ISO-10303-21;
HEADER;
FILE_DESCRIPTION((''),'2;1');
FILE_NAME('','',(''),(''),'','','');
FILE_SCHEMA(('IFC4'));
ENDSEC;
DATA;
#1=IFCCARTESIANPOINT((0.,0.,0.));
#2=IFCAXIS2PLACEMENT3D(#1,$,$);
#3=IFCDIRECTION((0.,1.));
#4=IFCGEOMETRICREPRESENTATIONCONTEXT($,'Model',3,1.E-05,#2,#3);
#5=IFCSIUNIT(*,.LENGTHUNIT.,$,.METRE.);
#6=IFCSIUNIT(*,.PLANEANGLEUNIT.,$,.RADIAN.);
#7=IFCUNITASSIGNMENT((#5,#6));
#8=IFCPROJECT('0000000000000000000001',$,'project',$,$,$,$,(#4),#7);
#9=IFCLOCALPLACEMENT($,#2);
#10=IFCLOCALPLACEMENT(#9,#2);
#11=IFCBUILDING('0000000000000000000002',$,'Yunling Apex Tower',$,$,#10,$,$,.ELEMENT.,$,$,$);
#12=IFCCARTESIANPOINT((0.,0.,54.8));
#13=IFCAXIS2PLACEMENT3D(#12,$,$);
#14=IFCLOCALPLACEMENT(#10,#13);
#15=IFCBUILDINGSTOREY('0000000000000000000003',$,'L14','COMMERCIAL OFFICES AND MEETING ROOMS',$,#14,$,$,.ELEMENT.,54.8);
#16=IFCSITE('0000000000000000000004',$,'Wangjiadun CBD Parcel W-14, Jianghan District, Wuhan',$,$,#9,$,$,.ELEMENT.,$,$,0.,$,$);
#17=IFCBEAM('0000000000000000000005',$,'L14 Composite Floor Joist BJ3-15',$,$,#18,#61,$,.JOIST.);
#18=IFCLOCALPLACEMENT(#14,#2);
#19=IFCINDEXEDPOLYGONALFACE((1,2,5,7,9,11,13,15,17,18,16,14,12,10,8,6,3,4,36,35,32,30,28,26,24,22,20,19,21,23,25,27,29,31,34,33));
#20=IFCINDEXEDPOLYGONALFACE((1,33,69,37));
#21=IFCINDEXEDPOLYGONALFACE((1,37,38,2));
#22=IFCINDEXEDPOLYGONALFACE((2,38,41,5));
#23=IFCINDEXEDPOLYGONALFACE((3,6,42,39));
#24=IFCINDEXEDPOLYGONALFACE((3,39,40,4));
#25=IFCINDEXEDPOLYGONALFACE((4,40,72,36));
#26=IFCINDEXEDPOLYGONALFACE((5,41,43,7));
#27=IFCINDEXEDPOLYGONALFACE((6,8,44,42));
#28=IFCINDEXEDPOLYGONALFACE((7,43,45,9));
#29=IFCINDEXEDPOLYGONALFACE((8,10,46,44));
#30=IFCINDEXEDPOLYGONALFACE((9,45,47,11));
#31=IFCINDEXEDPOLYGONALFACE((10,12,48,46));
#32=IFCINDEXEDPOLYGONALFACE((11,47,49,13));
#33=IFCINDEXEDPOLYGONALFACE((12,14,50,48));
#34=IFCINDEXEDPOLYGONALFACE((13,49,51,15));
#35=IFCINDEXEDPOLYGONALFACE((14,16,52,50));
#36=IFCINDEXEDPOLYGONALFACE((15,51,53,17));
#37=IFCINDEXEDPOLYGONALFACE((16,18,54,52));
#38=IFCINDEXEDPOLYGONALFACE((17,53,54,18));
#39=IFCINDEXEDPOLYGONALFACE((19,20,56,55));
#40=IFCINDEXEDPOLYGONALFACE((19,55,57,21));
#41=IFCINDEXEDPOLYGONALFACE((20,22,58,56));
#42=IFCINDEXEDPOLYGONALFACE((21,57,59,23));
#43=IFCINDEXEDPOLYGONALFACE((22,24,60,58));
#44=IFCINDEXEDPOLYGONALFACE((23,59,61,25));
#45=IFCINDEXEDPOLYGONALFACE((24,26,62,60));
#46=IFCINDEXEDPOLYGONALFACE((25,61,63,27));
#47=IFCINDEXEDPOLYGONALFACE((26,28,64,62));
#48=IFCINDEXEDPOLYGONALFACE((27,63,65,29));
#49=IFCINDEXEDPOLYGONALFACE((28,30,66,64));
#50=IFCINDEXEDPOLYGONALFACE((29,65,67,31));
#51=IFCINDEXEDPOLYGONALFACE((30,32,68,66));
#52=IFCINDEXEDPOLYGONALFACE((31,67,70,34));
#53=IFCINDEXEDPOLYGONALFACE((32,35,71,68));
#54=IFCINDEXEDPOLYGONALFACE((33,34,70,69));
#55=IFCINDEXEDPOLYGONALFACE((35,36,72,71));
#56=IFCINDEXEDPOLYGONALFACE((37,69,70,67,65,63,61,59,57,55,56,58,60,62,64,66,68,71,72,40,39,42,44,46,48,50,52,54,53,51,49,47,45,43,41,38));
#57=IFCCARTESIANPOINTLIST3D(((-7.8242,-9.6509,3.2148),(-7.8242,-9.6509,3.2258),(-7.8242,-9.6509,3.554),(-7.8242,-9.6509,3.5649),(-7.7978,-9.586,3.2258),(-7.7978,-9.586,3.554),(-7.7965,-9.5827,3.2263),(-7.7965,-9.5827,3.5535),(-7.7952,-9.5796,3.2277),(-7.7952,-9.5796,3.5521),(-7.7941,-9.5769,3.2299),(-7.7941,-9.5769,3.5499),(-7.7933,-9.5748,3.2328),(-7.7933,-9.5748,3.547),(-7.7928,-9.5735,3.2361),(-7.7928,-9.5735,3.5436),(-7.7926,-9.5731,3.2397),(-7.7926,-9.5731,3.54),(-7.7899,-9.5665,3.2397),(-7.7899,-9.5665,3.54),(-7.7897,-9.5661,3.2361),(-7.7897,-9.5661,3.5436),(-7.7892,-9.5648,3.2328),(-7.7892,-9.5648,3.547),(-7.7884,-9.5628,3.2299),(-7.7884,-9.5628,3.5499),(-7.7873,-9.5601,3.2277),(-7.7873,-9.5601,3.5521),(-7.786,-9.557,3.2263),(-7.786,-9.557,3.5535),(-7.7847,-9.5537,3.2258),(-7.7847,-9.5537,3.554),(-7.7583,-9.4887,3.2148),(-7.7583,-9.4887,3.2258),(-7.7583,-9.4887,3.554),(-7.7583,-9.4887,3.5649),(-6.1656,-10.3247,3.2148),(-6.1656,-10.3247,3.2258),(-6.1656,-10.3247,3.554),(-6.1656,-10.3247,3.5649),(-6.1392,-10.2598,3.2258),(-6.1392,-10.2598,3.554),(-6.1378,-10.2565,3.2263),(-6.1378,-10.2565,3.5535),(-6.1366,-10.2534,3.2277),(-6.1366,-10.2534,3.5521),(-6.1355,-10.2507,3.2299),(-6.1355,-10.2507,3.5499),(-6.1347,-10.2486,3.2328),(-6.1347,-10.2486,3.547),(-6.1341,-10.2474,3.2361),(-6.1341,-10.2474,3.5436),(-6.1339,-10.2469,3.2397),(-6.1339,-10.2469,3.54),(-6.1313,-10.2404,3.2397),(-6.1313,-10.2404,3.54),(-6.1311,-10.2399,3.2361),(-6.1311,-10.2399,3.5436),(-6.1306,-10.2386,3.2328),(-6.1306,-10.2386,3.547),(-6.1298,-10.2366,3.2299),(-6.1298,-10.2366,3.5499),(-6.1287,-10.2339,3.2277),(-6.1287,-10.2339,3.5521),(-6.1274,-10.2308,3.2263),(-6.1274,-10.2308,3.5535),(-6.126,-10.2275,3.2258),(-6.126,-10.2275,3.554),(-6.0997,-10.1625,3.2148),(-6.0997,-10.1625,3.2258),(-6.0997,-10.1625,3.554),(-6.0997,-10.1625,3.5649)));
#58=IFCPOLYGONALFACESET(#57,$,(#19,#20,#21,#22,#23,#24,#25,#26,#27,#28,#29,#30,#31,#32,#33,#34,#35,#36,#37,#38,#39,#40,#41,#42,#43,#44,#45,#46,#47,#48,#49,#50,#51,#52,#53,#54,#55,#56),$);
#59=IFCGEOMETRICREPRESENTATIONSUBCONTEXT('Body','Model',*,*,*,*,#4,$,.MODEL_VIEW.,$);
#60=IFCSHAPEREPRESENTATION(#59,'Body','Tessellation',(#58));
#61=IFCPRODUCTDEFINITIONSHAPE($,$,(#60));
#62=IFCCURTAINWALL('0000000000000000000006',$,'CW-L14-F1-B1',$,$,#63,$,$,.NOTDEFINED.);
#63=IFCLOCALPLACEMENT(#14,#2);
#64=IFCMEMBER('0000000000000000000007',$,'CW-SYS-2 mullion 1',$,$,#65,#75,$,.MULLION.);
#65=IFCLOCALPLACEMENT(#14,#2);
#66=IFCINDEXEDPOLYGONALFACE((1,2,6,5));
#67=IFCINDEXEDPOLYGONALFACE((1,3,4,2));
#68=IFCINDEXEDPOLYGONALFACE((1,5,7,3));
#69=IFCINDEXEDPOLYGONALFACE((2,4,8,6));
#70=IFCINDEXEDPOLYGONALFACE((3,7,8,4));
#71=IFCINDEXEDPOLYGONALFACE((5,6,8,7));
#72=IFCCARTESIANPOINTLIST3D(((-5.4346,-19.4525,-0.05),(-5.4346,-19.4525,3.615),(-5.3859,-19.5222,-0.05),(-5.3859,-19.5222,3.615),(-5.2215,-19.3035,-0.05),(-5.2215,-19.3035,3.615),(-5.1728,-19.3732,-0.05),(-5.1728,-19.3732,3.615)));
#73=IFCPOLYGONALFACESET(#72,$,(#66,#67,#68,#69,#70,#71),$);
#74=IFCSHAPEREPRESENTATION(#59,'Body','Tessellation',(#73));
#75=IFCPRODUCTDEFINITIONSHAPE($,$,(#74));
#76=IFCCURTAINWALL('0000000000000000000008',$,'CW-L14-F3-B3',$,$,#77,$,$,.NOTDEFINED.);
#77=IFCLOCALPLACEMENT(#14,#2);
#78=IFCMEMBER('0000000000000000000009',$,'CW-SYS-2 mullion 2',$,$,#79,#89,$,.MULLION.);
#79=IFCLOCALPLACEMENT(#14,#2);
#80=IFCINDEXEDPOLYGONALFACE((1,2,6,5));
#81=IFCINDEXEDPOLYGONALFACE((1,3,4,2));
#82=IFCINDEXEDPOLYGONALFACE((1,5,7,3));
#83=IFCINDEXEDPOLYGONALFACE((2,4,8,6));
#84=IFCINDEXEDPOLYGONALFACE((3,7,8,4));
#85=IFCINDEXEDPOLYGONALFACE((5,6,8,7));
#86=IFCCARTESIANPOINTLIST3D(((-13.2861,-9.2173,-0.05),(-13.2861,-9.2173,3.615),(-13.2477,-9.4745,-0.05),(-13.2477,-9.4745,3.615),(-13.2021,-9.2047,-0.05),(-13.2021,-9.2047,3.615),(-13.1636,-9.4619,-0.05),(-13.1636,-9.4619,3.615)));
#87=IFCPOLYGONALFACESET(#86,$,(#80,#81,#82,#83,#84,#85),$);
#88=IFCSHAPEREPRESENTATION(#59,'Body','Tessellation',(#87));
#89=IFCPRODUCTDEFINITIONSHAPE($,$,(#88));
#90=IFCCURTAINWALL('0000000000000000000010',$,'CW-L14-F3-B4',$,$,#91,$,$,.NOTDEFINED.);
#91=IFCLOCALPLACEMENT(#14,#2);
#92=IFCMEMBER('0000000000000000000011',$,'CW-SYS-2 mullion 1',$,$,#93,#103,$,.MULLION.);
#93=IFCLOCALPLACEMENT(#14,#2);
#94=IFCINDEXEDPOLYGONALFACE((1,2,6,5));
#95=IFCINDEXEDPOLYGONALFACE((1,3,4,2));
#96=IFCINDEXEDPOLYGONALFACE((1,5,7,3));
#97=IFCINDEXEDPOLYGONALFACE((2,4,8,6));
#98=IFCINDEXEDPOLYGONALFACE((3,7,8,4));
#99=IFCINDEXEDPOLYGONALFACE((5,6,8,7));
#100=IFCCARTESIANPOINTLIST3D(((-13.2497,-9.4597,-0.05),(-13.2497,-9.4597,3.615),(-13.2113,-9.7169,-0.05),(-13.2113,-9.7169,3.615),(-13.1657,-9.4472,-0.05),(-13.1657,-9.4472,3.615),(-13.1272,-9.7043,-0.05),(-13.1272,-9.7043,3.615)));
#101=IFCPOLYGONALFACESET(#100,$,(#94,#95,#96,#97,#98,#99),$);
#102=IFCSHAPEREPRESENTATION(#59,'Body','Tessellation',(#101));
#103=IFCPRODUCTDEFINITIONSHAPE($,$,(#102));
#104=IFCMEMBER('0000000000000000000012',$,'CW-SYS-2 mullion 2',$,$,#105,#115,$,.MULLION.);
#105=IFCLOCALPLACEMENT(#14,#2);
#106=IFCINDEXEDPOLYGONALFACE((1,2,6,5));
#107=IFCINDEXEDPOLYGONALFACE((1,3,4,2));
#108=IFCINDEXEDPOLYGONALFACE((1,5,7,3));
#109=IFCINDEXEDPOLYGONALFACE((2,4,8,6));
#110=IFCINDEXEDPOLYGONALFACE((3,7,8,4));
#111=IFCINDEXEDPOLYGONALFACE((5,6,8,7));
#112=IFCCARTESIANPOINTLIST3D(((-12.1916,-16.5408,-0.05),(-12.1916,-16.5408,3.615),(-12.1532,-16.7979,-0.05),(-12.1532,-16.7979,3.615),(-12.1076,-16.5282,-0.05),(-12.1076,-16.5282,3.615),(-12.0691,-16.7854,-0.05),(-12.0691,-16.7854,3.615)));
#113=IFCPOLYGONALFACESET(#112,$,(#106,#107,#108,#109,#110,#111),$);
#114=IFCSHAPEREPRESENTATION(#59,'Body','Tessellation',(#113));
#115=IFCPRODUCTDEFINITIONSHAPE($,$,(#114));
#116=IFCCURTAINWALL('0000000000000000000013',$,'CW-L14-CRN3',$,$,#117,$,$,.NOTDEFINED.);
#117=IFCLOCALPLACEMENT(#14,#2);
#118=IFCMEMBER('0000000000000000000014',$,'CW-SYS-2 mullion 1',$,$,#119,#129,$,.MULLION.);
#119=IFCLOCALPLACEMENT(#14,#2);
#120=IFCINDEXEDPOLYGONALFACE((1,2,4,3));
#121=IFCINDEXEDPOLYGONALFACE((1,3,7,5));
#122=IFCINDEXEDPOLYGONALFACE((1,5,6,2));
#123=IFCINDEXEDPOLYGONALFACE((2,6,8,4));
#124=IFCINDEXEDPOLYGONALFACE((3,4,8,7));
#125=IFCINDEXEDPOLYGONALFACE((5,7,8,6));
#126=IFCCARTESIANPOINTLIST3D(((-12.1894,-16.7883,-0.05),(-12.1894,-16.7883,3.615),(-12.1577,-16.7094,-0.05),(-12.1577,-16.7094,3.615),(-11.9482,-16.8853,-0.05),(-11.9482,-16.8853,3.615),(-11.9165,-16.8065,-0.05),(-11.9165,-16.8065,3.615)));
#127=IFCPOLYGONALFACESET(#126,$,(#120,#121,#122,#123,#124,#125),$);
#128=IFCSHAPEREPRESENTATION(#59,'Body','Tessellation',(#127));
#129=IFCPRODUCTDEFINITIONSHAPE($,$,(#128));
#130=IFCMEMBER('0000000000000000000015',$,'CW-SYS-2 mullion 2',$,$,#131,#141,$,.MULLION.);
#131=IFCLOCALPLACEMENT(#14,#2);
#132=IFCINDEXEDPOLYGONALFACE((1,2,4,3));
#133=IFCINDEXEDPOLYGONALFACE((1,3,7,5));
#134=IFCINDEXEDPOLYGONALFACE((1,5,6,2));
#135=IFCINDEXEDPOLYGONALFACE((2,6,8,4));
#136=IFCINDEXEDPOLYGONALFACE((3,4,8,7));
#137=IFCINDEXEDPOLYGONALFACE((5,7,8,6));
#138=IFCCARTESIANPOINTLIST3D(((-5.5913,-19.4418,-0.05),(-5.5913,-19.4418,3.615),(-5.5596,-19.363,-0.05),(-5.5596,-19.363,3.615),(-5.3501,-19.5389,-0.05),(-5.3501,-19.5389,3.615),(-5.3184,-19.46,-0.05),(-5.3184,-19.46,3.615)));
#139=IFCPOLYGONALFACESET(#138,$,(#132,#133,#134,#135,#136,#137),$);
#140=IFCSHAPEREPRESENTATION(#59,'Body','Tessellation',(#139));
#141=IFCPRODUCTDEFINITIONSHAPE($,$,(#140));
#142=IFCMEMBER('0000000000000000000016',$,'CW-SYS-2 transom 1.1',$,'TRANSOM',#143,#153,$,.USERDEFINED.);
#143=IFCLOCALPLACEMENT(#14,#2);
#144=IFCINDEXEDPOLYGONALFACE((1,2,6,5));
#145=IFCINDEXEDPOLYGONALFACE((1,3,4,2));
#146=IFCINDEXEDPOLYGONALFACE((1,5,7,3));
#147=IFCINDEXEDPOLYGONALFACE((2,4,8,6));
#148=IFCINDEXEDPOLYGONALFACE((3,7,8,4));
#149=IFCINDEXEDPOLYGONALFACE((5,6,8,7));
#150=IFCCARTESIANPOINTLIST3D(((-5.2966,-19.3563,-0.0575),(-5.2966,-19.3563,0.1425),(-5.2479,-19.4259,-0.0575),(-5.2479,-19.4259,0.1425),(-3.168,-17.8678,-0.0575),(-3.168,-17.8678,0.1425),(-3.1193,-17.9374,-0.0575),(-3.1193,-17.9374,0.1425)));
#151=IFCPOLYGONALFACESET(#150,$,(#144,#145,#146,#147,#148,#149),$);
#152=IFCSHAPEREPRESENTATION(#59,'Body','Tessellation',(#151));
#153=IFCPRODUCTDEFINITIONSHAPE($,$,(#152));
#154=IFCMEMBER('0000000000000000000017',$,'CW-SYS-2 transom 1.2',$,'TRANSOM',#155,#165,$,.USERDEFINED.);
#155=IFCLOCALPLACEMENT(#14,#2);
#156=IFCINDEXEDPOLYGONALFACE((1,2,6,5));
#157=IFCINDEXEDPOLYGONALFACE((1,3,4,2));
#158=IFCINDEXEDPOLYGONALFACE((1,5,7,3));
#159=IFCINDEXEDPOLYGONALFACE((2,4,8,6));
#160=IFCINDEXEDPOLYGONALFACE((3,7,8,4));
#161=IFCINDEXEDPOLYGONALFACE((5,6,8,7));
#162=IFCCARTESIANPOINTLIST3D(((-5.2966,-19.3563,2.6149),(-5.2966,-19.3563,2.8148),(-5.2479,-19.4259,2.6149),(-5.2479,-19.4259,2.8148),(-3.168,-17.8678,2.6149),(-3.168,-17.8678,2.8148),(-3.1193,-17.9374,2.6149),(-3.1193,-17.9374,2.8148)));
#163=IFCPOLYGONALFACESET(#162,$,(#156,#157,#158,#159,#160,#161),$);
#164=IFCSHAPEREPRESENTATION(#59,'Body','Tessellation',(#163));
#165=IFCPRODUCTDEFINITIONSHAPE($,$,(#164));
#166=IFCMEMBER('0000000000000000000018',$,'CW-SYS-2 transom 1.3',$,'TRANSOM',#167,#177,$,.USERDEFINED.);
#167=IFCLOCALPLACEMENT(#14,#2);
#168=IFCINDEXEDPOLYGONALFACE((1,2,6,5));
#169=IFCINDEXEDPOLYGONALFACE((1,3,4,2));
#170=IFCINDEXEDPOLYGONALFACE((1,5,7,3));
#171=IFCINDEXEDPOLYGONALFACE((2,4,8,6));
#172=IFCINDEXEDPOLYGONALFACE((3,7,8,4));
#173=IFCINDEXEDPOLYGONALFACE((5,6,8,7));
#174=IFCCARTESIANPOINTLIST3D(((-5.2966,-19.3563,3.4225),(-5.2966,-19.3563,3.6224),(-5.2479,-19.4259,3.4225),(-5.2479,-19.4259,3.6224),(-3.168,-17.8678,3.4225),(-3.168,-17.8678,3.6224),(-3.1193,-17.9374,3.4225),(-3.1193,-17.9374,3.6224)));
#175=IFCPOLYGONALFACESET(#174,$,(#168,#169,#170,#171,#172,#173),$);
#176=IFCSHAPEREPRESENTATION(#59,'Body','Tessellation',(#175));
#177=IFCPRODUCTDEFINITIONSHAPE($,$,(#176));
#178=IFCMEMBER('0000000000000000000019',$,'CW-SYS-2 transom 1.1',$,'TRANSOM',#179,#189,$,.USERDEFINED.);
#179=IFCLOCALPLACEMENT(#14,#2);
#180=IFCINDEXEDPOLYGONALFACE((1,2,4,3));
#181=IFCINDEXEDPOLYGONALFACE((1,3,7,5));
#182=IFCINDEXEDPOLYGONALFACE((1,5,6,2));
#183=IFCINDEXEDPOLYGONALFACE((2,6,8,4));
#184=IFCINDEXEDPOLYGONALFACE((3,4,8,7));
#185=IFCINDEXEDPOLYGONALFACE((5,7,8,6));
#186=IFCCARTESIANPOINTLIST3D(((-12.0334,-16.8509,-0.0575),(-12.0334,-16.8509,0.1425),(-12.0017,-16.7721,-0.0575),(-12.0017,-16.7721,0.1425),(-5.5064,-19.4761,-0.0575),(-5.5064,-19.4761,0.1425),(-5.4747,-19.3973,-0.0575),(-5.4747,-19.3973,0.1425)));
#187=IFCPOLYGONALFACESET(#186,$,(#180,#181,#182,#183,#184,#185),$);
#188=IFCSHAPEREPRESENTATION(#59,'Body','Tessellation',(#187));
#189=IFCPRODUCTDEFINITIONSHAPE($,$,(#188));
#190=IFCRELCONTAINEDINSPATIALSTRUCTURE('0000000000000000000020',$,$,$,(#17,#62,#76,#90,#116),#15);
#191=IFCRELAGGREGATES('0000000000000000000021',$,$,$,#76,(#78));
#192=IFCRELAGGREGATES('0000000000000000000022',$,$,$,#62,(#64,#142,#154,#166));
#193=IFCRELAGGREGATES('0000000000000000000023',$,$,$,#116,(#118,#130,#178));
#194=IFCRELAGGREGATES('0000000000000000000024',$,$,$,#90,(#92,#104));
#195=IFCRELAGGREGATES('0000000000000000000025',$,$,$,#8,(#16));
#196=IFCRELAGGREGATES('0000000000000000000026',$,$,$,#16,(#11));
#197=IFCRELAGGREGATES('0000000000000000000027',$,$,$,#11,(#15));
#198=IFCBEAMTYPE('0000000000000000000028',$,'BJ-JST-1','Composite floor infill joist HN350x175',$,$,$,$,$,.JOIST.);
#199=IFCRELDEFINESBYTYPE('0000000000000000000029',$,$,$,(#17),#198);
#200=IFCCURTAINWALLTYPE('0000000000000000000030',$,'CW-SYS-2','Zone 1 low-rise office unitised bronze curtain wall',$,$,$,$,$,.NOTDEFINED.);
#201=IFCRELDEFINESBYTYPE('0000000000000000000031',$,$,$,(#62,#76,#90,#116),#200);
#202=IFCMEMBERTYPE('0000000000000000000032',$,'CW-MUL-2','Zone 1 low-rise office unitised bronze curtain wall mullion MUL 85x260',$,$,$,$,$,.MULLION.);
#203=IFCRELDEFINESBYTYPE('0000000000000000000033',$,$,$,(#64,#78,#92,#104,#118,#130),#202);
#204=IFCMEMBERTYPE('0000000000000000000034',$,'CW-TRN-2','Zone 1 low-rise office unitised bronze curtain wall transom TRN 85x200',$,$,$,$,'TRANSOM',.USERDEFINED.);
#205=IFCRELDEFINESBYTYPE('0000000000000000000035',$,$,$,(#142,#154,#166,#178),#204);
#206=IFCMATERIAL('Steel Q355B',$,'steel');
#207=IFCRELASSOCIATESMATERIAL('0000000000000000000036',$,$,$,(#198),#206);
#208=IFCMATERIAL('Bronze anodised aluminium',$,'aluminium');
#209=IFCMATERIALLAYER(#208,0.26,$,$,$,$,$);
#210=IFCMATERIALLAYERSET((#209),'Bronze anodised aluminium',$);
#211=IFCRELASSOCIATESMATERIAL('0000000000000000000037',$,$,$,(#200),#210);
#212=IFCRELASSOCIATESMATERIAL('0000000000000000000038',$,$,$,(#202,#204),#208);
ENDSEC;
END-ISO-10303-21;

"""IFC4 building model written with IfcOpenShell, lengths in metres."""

from ifc_helpers import new_model, si_unit, direction, frame, origin, origin_2d, place, context, subcontext, project, spatial, rectangle, i_section, extrude, source, transform, mapped, material, layer, layer_set, material_profile, profile_set, type_object, element, aggregate, save


model = new_model("IFC4")

# Units and contexts
model_context = context("Model", 3, precision=1e-05, world=origin(), true_north=direction((0.0, 1.0)))
body_context = subcontext(model_context, "Body", "Model", "MODEL_VIEW")
ifc_project = project(units=[si_unit("LENGTHUNIT", "METRE"), si_unit("PLANEANGLEUNIT", "RADIAN")], contexts=[model_context])

# Site, building, storey
site_placement = place(None, origin())
site = spatial("IfcSite", under=ifc_project, at=site_placement, Name="Wangjiadun CBD Parcel W-14, Jianghan District, Wuhan", CompositionType="ELEMENT", RefElevation=0.0)
building_placement = place(site_placement, origin())
building = spatial("IfcBuilding", under=site, at=building_placement, Name="Yunling Apex Tower", CompositionType="ELEMENT")
storey_placement = place(building_placement, frame((0.0, 0.0, 54.8)))
storey = spatial("IfcBuildingStorey", under=building, at=storey_placement, Name="L14", Description="COMMERCIAL OFFICES AND MEETING ROOMS", CompositionType="ELEMENT", Elevation=54.8)

# Beam
ifc_material_1 = material(Name="Steel Q355B", Category="steel")
ifc_material_profile_1 = material_profile(ifc_material_1, i_section(OverallWidth=0.175, OverallDepth=0.3501, WebThickness=0.0071, FlangeThickness=0.011, FilletRadius=0.0139, at=origin_2d()))
ifc_profile_set_1 = profile_set([ifc_material_profile_1], Name="Steel Q355B")
beam_type_1 = type_object("IfcBeamType", Name="BJ-JST-1", Description="Composite floor infill joist HN350x175", PredefinedType="JOIST", material=ifc_profile_set_1)
shared_shape_1 = source(origin(), body_context, "Body", "SweptSolid", [
    extrude(i_section(OverallWidth=0.175, OverallDepth=0.3501, WebThickness=0.0071, FlangeThickness=0.011, FilletRadius=0.0139, at=origin_2d()), origin(), (0.0, 0.0, 1.0), 1.7903),
])
beam_1_placement = place(storey_placement, frame((-7.7913, -9.5698, 3.3899), z_axis=(0.92647, -0.37637, 0.0), x_axis=(0.37637, 0.92647, 0.0)))
element("IfcBeam", 1, at=beam_1_placement, inside=storey, type_object=beam_type_1, Name="L14 Composite Floor Joist BJ3-15", PredefinedType="JOIST", context=body_context, shape_type="MappedRepresentation", body=[
    mapped(shared_shape_1, transform((0.0, 0.0, 0.0), scale=1.0)),
])

# Curtain walls, members
ifc_material_2 = material(Name="Bronze anodised aluminium", Category="aluminium")
ifc_layer_1 = layer(ifc_material_2, 0.26)
ifc_layer_set_1 = layer_set([ifc_layer_1], Name="Bronze anodised aluminium")
curtain_wall_type = type_object("IfcCurtainWallType", Name="CW-SYS-2", Description="Zone 1 low-rise office unitised bronze curtain wall", PredefinedType="NOTDEFINED", material=ifc_layer_set_1)
curtain_wall_1_placement = place(storey_placement, origin())
curtain_wall_1 = element("IfcCurtainWall", 2, at=curtain_wall_1_placement, inside=storey, type_object=curtain_wall_type, Name="CW-L14-F1-B1", PredefinedType="NOTDEFINED")
ifc_material_profile_2 = material_profile(ifc_material_2, rectangle(XDim=0.085, YDim=0.26, at=origin_2d()))
ifc_profile_set_2 = profile_set([ifc_material_profile_2], Name="Bronze anodised aluminium")
member_type_1 = type_object("IfcMemberType", Name="CW-MUL-2", Description="Zone 1 low-rise office unitised bronze curtain wall mullion MUL 85x260", PredefinedType="MULLION", material=ifc_profile_set_2)
shared_shape_2 = source(origin(), body_context, "Body", "SweptSolid", [
    extrude(rectangle(XDim=0.085, YDim=0.26, at=origin_2d()), origin(), (0.0, 0.0, 1.0), 3.665),
])
member_1_placement = place(storey_placement, frame((-5.3037, -19.4128, -0.05), z_axis=(0.0, 0.0, 1.0), x_axis=(-0.573004, 0.819552, 0.0)))
member_1 = element("IfcMember", 3, at=member_1_placement, type_object=member_type_1, Name="CW-SYS-2 mullion 1", PredefinedType="MULLION", context=body_context, shape_type="MappedRepresentation", body=[
    mapped(shared_shape_2, transform((0.0, 0.0, 0.0), scale=1.0)),
])
curtain_wall_2_placement = place(storey_placement, origin())
curtain_wall_2 = element("IfcCurtainWall", 4, at=curtain_wall_2_placement, inside=storey, type_object=curtain_wall_type, Name="CW-L14-F3-B3", PredefinedType="NOTDEFINED")
member_2_placement = place(storey_placement, frame((-13.2249, -9.3396, -0.05), z_axis=(0.0, 0.0, 1.0), x_axis=(0.989015, 0.147815, 0.0)))
member_2 = element("IfcMember", 5, at=member_2_placement, type_object=member_type_1, Name="CW-SYS-2 mullion 2", PredefinedType="MULLION", context=body_context, shape_type="MappedRepresentation", body=[
    mapped(shared_shape_2, transform((0.0, 0.0, 0.0), scale=1.0)),
])
aggregate(curtain_wall_2, [member_2])

# Curtain walls, members
curtain_wall_3_placement = place(storey_placement, origin())
curtain_wall_3 = element("IfcCurtainWall", 6, at=curtain_wall_3_placement, inside=storey, type_object=curtain_wall_type, Name="CW-L14-F3-B4", PredefinedType="NOTDEFINED")
member_3_placement = place(storey_placement, frame((-13.1885, -9.582, -0.05), z_axis=(0.0, 0.0, 1.0), x_axis=(0.989017, 0.147801, 0.0)))
member_3 = element("IfcMember", 7, at=member_3_placement, type_object=member_type_1, Name="CW-SYS-2 mullion 1", PredefinedType="MULLION", context=body_context, shape_type="MappedRepresentation", body=[
    mapped(shared_shape_2, transform((0.0, 0.0, 0.0), scale=1.0)),
])
member_4_placement = place(storey_placement, frame((-12.1304, -16.6631, -0.05), z_axis=(0.0, 0.0, 1.0), x_axis=(0.989017, 0.147801, 0.0)))
member_4 = element("IfcMember", 8, at=member_4_placement, type_object=member_type_1, Name="CW-SYS-2 mullion 2", PredefinedType="MULLION", context=body_context, shape_type="MappedRepresentation", body=[
    mapped(shared_shape_2, transform((0.0, 0.0, 0.0), scale=1.0)),
])
curtain_wall_4_placement = place(storey_placement, origin())
curtain_wall_4 = element("IfcCurtainWall", 9, at=curtain_wall_4_placement, inside=storey, type_object=curtain_wall_type, Name="CW-L14-CRN3", PredefinedType="NOTDEFINED")
member_5_placement = place(storey_placement, frame((-12.053, -16.7974, -0.05), z_axis=(0.0, 0.0, 1.0), x_axis=(0.373144, 0.927774, 0.0)))
member_5 = element("IfcMember", 10, at=member_5_placement, type_object=member_type_1, Name="CW-SYS-2 mullion 1", PredefinedType="MULLION", context=body_context, shape_type="MappedRepresentation", body=[
    mapped(shared_shape_2, transform((0.0, 0.0, 0.0), scale=1.0)),
])
member_6_placement = place(storey_placement, frame((-5.4548, -19.4509, -0.05), z_axis=(0.0, 0.0, 1.0), x_axis=(0.373144, 0.927774, 0.0)))
member_6 = element("IfcMember", 11, at=member_6_placement, type_object=member_type_1, Name="CW-SYS-2 mullion 2", PredefinedType="MULLION", context=body_context, shape_type="MappedRepresentation", body=[
    mapped(shared_shape_2, transform((0.0, 0.0, 0.0), scale=1.0)),
])

# Members
ifc_material_profile_3 = material_profile(ifc_material_2, rectangle(XDim=0.085, YDim=0.2, at=origin_2d()))
ifc_profile_set_3 = profile_set([ifc_material_profile_3], Name="Bronze anodised aluminium")
member_type_2 = type_object("IfcMemberType", Name="CW-TRN-2", Description="Zone 1 low-rise office unitised bronze curtain wall transom TRN 85x200", ElementType="TRANSOM", PredefinedType="USERDEFINED", material=ifc_profile_set_3)
shared_shape_3 = source(origin(), body_context, "Body", "SweptSolid", [
    extrude(rectangle(XDim=0.085, YDim=0.2, at=origin_2d()), origin(), (0.0, 0.0, 1.0), 2.5974),
])
member_7_placement = place(storey_placement, frame((-5.2722, -19.3911, 0.0425), z_axis=(0.81951, 0.573065, 0.0), x_axis=(-0.573065, 0.81951, 0.0)))
member_7 = element("IfcMember", 12, at=member_7_placement, type_object=member_type_2, Name="CW-SYS-2 transom 1.1", ObjectType="TRANSOM", PredefinedType="USERDEFINED", context=body_context, shape_type="MappedRepresentation", body=[
    mapped(shared_shape_3, transform((0.0, 0.0, 0.0), scale=1.0)),
])
member_8_placement = place(storey_placement, frame((-5.2722, -19.3911, 2.7148), z_axis=(0.81951, 0.573065, 0.0), x_axis=(-0.573065, 0.81951, 0.0)))
member_8 = element("IfcMember", 13, at=member_8_placement, type_object=member_type_2, Name="CW-SYS-2 transom 1.2", ObjectType="TRANSOM", PredefinedType="USERDEFINED", context=body_context, shape_type="MappedRepresentation", body=[
    mapped(shared_shape_3, transform((0.0, 0.0, 0.0), scale=1.0)),
])
member_9_placement = place(storey_placement, frame((-5.2722, -19.3911, 3.5225), z_axis=(0.81951, 0.573065, 0.0), x_axis=(-0.573065, 0.81951, 0.0)))
member_9 = element("IfcMember", 14, at=member_9_placement, type_object=member_type_2, Name="CW-SYS-2 transom 1.3", ObjectType="TRANSOM", PredefinedType="USERDEFINED", context=body_context, shape_type="MappedRepresentation", body=[
    mapped(shared_shape_3, transform((0.0, 0.0, 0.0), scale=1.0)),
])
shared_shape_4 = source(origin(), body_context, "Body", "SweptSolid", [
    extrude(rectangle(XDim=0.085, YDim=0.2, at=origin_2d()), origin(), (0.0, 0.0, 1.0), 7.0352),
])
member_10_placement = place(storey_placement, frame((-12.0176, -16.8115, 0.0425), z_axis=(0.927769, -0.373155, 0.0), x_axis=(0.373155, 0.927769, 0.0)))
member_10 = element("IfcMember", 15, at=member_10_placement, type_object=member_type_2, Name="CW-SYS-2 transom 1.1", ObjectType="TRANSOM", PredefinedType="USERDEFINED", context=body_context, shape_type="MappedRepresentation", body=[
    mapped(shared_shape_4, transform((0.0, 0.0, 0.0), scale=1.0)),
])

aggregate(curtain_wall_1, [member_1, member_7, member_8, member_9])
aggregate(curtain_wall_4, [member_5, member_6, member_10])
aggregate(curtain_wall_3, [member_3, member_4])

save(model, "model.ifc")
